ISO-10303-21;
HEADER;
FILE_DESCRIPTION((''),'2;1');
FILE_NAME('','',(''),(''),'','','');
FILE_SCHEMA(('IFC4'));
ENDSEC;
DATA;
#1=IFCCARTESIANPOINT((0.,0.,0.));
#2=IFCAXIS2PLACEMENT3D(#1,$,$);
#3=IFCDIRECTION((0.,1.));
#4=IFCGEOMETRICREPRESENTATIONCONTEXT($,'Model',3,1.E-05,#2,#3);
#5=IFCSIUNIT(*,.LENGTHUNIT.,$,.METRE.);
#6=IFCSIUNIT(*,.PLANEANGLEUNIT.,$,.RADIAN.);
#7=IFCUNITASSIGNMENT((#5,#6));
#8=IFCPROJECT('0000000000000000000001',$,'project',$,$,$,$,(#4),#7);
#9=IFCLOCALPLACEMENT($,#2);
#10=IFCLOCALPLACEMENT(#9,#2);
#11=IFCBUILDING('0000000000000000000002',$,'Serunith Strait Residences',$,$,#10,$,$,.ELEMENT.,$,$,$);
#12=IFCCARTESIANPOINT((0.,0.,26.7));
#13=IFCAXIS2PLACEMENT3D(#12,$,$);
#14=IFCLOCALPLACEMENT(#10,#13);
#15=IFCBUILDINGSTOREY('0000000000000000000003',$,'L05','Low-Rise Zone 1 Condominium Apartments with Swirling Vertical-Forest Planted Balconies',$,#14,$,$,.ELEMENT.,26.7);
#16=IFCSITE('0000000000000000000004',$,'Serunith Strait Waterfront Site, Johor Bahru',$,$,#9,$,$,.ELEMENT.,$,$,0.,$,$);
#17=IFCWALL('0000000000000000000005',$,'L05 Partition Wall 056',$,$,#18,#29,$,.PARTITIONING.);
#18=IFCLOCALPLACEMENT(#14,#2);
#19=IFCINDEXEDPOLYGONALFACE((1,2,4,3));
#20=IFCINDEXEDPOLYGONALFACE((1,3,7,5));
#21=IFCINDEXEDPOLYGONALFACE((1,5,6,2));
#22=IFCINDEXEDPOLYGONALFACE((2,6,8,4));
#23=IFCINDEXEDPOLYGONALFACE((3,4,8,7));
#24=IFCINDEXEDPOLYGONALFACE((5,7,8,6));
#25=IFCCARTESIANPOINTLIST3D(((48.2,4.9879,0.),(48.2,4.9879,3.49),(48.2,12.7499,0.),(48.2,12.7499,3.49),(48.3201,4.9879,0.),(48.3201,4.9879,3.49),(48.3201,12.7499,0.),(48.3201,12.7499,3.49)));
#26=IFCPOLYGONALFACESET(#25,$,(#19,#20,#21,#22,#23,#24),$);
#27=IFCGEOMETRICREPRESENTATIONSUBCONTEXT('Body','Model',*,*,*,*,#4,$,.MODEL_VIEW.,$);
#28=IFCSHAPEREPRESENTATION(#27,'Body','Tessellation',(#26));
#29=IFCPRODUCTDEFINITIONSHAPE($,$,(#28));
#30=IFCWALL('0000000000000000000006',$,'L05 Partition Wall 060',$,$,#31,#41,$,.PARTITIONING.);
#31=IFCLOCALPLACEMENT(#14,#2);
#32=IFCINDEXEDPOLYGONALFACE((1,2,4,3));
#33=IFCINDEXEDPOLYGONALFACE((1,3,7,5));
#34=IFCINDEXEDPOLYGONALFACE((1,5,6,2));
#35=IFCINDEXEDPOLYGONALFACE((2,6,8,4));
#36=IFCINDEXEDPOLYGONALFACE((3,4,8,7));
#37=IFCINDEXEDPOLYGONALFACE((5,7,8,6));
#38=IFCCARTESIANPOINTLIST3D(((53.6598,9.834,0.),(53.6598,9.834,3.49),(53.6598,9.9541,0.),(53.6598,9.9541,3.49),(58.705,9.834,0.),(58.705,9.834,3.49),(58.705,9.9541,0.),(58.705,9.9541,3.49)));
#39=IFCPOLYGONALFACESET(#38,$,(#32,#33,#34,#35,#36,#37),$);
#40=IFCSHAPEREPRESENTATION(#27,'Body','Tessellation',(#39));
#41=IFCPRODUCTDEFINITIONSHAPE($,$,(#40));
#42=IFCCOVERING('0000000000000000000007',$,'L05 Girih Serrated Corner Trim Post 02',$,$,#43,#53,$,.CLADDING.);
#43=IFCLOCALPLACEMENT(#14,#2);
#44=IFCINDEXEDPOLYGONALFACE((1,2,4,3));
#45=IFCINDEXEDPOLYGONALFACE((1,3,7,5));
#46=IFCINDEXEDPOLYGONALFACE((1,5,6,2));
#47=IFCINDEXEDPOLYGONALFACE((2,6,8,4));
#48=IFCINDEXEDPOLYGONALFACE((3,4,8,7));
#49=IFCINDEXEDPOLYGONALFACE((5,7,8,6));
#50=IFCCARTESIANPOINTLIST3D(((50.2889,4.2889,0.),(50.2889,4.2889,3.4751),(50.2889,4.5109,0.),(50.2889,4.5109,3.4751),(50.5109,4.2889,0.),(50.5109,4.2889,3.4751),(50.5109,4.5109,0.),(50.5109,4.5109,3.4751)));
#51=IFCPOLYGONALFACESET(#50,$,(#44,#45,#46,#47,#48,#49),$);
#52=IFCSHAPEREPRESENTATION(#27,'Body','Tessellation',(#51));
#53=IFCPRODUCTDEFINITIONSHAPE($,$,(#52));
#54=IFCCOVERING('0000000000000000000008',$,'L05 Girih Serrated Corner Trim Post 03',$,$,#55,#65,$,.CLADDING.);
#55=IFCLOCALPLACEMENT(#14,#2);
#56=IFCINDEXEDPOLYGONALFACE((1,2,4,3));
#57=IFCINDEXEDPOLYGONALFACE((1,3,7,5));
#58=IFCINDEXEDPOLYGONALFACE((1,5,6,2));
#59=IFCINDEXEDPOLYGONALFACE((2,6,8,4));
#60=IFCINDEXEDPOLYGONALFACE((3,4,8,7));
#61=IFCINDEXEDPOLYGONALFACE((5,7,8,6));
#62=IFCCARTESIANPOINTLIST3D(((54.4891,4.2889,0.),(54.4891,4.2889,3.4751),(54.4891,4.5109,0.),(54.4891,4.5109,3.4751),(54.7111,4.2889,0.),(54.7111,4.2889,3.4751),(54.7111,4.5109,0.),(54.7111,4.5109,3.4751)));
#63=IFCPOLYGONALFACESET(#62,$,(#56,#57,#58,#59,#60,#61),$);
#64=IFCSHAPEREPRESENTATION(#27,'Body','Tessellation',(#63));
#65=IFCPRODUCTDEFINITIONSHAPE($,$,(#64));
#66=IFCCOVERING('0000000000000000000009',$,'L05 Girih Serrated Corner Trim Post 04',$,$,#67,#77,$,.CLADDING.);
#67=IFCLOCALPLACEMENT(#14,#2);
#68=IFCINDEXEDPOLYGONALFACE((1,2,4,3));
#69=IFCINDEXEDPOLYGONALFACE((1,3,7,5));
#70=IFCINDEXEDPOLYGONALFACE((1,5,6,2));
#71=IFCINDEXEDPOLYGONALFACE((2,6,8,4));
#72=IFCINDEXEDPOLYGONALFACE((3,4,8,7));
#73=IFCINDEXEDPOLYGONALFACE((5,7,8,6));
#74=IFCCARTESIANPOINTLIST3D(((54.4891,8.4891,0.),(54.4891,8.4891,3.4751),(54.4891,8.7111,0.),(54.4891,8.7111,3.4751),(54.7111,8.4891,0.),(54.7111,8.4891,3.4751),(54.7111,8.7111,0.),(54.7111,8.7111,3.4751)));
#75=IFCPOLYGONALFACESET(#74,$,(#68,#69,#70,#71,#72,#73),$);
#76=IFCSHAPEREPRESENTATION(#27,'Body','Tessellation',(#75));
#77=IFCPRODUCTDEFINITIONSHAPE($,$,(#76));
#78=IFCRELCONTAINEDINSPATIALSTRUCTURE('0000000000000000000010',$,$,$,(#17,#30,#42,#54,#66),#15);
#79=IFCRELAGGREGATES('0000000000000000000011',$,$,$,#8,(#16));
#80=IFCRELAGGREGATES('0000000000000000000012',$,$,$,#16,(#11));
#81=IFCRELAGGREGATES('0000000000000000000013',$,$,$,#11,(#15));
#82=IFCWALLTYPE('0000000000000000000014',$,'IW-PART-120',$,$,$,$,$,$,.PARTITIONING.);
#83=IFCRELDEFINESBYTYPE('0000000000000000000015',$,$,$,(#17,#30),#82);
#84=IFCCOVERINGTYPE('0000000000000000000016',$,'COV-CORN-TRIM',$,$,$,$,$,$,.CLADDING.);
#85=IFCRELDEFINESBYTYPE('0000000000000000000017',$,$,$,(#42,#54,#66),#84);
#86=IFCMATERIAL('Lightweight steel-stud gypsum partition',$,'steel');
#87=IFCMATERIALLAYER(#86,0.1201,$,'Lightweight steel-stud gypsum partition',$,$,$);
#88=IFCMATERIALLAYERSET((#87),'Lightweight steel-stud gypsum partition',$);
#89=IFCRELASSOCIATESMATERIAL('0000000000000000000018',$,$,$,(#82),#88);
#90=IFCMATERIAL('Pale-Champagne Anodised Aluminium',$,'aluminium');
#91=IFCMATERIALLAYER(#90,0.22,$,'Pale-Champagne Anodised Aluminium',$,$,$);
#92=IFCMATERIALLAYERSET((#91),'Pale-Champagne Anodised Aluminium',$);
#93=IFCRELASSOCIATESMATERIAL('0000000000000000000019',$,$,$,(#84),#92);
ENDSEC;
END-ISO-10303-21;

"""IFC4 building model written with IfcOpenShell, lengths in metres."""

from ifc_helpers import new_model, si_unit, direction, frame, frame_2d, origin, origin_2d, place, context, subcontext, project, spatial, rectangle, extrude, source, transform, mapped, material, layer, layer_set, type_object, element, save


model = new_model("IFC4")

# Units and contexts
model_context = context("Model", 3, precision=1e-05, world=origin(), true_north=direction((0.0, 1.0)))
body_context = subcontext(model_context, "Body", "Model", "MODEL_VIEW")
ifc_project = project(units=[si_unit("LENGTHUNIT", "METRE"), si_unit("PLANEANGLEUNIT", "RADIAN")], contexts=[model_context])

# Site, building, storey
site_placement = place(None, origin())
site = spatial("IfcSite", under=ifc_project, at=site_placement, Name="Serunith Strait Waterfront Site, Johor Bahru", CompositionType="ELEMENT", RefElevation=0.0)
building_placement = place(site_placement, origin())
building = spatial("IfcBuilding", under=site, at=building_placement, Name="Serunith Strait Residences", CompositionType="ELEMENT")
storey_placement = place(building_placement, frame((0.0, 0.0, 26.7)))
storey = spatial("IfcBuildingStorey", under=building, at=storey_placement, Name="L05", Description="Low-Rise Zone 1 Condominium Apartments with Swirling Vertical-Forest Planted Balconies", CompositionType="ELEMENT", Elevation=26.7)

# Shared definitions
ifc_material_1 = material(Name="Pale-Champagne Anodised Aluminium", Category="aluminium")

# Shared definitions
ifc_material_2 = material(Name="Lightweight steel-stud gypsum partition", Category="steel")
ifc_layer_1 = layer(ifc_material_2, 0.1201, Name="Lightweight steel-stud gypsum partition")
ifc_layer_set_1 = layer_set([ifc_layer_1], Name="Lightweight steel-stud gypsum partition")
wall_type_1 = type_object("IfcWallType", Name="IW-PART-120", PredefinedType="PARTITIONING", material=ifc_layer_set_1)

# Walls
wall_1_placement = place(storey_placement, frame((48.26, 4.988, 0.0), z_axis=(0.0, 0.0, 1.0), x_axis=(0.0, 1.0, 0.0)))
element("IfcWall", 1, at=wall_1_placement, inside=storey, type_object=wall_type_1, Name="L05 Partition Wall 056", PredefinedType="PARTITIONING", context=body_context, shape_type="SweptSolid", body=[
    extrude(rectangle(XDim=7.762, YDim=0.1201, at=frame_2d((3.8809, 0.0))), origin(), (0.0, 0.0, 1.0), 3.49),
])
wall_2_placement = place(storey_placement, frame((53.6599, 9.894, 0.0), z_axis=(0.0, 0.0, 1.0), x_axis=(1.0, 0.0, 0.0)))
element("IfcWall", 2, at=wall_2_placement, inside=storey, type_object=wall_type_1, Name="L05 Partition Wall 060", PredefinedType="PARTITIONING", context=body_context, shape_type="SweptSolid", body=[
    extrude(rectangle(XDim=5.0452, YDim=0.1201, at=frame_2d((2.5225, 0.0))), origin(), (0.0, 0.0, 1.0), 3.49),
])

# Coverings
ifc_layer_2 = layer(ifc_material_1, 0.22, Name="Pale-Champagne Anodised Aluminium")
ifc_layer_set_2 = layer_set([ifc_layer_2], Name="Pale-Champagne Anodised Aluminium")
covering_type = type_object("IfcCoveringType", Name="COV-CORN-TRIM", PredefinedType="CLADDING", material=ifc_layer_set_2)
shared_shape_1 = source(origin(), body_context, "Body", "SweptSolid", [
    extrude(rectangle(XDim=0.2219, YDim=0.2219, at=origin_2d()), origin(), (0.0, 0.0, 1.0), 3.4751),
])
for number, where, z_axis, x_axis, name in (
    (3, (50.3999, 4.3999, 0.0), (0.0, 0.0, 1.0), (1.0, 0.0, 0.0), "L05 Girih Serrated Corner Trim Post 02"),
    (4, (54.6001, 4.3999, 0.0), (0.0, 0.0, 1.0), (1.0, 0.0, 0.0), "L05 Girih Serrated Corner Trim Post 03"),
    (5, (54.6001, 8.6001, 0.0), (0.0, 0.0, 1.0), (1.0, 0.0, 0.0), "L05 Girih Serrated Corner Trim Post 04"),
):
    element("IfcCovering", number, at=place(storey_placement, frame(where, z_axis=z_axis, x_axis=x_axis)), inside=storey, type_object=covering_type, Name=name, PredefinedType="CLADDING", context=body_context, shape_type="MappedRepresentation", body=[
        mapped(shared_shape_1, transform((0.0, 0.0, 0.0), scale=1.0)),
    ])

save(model, "model.ifc")
